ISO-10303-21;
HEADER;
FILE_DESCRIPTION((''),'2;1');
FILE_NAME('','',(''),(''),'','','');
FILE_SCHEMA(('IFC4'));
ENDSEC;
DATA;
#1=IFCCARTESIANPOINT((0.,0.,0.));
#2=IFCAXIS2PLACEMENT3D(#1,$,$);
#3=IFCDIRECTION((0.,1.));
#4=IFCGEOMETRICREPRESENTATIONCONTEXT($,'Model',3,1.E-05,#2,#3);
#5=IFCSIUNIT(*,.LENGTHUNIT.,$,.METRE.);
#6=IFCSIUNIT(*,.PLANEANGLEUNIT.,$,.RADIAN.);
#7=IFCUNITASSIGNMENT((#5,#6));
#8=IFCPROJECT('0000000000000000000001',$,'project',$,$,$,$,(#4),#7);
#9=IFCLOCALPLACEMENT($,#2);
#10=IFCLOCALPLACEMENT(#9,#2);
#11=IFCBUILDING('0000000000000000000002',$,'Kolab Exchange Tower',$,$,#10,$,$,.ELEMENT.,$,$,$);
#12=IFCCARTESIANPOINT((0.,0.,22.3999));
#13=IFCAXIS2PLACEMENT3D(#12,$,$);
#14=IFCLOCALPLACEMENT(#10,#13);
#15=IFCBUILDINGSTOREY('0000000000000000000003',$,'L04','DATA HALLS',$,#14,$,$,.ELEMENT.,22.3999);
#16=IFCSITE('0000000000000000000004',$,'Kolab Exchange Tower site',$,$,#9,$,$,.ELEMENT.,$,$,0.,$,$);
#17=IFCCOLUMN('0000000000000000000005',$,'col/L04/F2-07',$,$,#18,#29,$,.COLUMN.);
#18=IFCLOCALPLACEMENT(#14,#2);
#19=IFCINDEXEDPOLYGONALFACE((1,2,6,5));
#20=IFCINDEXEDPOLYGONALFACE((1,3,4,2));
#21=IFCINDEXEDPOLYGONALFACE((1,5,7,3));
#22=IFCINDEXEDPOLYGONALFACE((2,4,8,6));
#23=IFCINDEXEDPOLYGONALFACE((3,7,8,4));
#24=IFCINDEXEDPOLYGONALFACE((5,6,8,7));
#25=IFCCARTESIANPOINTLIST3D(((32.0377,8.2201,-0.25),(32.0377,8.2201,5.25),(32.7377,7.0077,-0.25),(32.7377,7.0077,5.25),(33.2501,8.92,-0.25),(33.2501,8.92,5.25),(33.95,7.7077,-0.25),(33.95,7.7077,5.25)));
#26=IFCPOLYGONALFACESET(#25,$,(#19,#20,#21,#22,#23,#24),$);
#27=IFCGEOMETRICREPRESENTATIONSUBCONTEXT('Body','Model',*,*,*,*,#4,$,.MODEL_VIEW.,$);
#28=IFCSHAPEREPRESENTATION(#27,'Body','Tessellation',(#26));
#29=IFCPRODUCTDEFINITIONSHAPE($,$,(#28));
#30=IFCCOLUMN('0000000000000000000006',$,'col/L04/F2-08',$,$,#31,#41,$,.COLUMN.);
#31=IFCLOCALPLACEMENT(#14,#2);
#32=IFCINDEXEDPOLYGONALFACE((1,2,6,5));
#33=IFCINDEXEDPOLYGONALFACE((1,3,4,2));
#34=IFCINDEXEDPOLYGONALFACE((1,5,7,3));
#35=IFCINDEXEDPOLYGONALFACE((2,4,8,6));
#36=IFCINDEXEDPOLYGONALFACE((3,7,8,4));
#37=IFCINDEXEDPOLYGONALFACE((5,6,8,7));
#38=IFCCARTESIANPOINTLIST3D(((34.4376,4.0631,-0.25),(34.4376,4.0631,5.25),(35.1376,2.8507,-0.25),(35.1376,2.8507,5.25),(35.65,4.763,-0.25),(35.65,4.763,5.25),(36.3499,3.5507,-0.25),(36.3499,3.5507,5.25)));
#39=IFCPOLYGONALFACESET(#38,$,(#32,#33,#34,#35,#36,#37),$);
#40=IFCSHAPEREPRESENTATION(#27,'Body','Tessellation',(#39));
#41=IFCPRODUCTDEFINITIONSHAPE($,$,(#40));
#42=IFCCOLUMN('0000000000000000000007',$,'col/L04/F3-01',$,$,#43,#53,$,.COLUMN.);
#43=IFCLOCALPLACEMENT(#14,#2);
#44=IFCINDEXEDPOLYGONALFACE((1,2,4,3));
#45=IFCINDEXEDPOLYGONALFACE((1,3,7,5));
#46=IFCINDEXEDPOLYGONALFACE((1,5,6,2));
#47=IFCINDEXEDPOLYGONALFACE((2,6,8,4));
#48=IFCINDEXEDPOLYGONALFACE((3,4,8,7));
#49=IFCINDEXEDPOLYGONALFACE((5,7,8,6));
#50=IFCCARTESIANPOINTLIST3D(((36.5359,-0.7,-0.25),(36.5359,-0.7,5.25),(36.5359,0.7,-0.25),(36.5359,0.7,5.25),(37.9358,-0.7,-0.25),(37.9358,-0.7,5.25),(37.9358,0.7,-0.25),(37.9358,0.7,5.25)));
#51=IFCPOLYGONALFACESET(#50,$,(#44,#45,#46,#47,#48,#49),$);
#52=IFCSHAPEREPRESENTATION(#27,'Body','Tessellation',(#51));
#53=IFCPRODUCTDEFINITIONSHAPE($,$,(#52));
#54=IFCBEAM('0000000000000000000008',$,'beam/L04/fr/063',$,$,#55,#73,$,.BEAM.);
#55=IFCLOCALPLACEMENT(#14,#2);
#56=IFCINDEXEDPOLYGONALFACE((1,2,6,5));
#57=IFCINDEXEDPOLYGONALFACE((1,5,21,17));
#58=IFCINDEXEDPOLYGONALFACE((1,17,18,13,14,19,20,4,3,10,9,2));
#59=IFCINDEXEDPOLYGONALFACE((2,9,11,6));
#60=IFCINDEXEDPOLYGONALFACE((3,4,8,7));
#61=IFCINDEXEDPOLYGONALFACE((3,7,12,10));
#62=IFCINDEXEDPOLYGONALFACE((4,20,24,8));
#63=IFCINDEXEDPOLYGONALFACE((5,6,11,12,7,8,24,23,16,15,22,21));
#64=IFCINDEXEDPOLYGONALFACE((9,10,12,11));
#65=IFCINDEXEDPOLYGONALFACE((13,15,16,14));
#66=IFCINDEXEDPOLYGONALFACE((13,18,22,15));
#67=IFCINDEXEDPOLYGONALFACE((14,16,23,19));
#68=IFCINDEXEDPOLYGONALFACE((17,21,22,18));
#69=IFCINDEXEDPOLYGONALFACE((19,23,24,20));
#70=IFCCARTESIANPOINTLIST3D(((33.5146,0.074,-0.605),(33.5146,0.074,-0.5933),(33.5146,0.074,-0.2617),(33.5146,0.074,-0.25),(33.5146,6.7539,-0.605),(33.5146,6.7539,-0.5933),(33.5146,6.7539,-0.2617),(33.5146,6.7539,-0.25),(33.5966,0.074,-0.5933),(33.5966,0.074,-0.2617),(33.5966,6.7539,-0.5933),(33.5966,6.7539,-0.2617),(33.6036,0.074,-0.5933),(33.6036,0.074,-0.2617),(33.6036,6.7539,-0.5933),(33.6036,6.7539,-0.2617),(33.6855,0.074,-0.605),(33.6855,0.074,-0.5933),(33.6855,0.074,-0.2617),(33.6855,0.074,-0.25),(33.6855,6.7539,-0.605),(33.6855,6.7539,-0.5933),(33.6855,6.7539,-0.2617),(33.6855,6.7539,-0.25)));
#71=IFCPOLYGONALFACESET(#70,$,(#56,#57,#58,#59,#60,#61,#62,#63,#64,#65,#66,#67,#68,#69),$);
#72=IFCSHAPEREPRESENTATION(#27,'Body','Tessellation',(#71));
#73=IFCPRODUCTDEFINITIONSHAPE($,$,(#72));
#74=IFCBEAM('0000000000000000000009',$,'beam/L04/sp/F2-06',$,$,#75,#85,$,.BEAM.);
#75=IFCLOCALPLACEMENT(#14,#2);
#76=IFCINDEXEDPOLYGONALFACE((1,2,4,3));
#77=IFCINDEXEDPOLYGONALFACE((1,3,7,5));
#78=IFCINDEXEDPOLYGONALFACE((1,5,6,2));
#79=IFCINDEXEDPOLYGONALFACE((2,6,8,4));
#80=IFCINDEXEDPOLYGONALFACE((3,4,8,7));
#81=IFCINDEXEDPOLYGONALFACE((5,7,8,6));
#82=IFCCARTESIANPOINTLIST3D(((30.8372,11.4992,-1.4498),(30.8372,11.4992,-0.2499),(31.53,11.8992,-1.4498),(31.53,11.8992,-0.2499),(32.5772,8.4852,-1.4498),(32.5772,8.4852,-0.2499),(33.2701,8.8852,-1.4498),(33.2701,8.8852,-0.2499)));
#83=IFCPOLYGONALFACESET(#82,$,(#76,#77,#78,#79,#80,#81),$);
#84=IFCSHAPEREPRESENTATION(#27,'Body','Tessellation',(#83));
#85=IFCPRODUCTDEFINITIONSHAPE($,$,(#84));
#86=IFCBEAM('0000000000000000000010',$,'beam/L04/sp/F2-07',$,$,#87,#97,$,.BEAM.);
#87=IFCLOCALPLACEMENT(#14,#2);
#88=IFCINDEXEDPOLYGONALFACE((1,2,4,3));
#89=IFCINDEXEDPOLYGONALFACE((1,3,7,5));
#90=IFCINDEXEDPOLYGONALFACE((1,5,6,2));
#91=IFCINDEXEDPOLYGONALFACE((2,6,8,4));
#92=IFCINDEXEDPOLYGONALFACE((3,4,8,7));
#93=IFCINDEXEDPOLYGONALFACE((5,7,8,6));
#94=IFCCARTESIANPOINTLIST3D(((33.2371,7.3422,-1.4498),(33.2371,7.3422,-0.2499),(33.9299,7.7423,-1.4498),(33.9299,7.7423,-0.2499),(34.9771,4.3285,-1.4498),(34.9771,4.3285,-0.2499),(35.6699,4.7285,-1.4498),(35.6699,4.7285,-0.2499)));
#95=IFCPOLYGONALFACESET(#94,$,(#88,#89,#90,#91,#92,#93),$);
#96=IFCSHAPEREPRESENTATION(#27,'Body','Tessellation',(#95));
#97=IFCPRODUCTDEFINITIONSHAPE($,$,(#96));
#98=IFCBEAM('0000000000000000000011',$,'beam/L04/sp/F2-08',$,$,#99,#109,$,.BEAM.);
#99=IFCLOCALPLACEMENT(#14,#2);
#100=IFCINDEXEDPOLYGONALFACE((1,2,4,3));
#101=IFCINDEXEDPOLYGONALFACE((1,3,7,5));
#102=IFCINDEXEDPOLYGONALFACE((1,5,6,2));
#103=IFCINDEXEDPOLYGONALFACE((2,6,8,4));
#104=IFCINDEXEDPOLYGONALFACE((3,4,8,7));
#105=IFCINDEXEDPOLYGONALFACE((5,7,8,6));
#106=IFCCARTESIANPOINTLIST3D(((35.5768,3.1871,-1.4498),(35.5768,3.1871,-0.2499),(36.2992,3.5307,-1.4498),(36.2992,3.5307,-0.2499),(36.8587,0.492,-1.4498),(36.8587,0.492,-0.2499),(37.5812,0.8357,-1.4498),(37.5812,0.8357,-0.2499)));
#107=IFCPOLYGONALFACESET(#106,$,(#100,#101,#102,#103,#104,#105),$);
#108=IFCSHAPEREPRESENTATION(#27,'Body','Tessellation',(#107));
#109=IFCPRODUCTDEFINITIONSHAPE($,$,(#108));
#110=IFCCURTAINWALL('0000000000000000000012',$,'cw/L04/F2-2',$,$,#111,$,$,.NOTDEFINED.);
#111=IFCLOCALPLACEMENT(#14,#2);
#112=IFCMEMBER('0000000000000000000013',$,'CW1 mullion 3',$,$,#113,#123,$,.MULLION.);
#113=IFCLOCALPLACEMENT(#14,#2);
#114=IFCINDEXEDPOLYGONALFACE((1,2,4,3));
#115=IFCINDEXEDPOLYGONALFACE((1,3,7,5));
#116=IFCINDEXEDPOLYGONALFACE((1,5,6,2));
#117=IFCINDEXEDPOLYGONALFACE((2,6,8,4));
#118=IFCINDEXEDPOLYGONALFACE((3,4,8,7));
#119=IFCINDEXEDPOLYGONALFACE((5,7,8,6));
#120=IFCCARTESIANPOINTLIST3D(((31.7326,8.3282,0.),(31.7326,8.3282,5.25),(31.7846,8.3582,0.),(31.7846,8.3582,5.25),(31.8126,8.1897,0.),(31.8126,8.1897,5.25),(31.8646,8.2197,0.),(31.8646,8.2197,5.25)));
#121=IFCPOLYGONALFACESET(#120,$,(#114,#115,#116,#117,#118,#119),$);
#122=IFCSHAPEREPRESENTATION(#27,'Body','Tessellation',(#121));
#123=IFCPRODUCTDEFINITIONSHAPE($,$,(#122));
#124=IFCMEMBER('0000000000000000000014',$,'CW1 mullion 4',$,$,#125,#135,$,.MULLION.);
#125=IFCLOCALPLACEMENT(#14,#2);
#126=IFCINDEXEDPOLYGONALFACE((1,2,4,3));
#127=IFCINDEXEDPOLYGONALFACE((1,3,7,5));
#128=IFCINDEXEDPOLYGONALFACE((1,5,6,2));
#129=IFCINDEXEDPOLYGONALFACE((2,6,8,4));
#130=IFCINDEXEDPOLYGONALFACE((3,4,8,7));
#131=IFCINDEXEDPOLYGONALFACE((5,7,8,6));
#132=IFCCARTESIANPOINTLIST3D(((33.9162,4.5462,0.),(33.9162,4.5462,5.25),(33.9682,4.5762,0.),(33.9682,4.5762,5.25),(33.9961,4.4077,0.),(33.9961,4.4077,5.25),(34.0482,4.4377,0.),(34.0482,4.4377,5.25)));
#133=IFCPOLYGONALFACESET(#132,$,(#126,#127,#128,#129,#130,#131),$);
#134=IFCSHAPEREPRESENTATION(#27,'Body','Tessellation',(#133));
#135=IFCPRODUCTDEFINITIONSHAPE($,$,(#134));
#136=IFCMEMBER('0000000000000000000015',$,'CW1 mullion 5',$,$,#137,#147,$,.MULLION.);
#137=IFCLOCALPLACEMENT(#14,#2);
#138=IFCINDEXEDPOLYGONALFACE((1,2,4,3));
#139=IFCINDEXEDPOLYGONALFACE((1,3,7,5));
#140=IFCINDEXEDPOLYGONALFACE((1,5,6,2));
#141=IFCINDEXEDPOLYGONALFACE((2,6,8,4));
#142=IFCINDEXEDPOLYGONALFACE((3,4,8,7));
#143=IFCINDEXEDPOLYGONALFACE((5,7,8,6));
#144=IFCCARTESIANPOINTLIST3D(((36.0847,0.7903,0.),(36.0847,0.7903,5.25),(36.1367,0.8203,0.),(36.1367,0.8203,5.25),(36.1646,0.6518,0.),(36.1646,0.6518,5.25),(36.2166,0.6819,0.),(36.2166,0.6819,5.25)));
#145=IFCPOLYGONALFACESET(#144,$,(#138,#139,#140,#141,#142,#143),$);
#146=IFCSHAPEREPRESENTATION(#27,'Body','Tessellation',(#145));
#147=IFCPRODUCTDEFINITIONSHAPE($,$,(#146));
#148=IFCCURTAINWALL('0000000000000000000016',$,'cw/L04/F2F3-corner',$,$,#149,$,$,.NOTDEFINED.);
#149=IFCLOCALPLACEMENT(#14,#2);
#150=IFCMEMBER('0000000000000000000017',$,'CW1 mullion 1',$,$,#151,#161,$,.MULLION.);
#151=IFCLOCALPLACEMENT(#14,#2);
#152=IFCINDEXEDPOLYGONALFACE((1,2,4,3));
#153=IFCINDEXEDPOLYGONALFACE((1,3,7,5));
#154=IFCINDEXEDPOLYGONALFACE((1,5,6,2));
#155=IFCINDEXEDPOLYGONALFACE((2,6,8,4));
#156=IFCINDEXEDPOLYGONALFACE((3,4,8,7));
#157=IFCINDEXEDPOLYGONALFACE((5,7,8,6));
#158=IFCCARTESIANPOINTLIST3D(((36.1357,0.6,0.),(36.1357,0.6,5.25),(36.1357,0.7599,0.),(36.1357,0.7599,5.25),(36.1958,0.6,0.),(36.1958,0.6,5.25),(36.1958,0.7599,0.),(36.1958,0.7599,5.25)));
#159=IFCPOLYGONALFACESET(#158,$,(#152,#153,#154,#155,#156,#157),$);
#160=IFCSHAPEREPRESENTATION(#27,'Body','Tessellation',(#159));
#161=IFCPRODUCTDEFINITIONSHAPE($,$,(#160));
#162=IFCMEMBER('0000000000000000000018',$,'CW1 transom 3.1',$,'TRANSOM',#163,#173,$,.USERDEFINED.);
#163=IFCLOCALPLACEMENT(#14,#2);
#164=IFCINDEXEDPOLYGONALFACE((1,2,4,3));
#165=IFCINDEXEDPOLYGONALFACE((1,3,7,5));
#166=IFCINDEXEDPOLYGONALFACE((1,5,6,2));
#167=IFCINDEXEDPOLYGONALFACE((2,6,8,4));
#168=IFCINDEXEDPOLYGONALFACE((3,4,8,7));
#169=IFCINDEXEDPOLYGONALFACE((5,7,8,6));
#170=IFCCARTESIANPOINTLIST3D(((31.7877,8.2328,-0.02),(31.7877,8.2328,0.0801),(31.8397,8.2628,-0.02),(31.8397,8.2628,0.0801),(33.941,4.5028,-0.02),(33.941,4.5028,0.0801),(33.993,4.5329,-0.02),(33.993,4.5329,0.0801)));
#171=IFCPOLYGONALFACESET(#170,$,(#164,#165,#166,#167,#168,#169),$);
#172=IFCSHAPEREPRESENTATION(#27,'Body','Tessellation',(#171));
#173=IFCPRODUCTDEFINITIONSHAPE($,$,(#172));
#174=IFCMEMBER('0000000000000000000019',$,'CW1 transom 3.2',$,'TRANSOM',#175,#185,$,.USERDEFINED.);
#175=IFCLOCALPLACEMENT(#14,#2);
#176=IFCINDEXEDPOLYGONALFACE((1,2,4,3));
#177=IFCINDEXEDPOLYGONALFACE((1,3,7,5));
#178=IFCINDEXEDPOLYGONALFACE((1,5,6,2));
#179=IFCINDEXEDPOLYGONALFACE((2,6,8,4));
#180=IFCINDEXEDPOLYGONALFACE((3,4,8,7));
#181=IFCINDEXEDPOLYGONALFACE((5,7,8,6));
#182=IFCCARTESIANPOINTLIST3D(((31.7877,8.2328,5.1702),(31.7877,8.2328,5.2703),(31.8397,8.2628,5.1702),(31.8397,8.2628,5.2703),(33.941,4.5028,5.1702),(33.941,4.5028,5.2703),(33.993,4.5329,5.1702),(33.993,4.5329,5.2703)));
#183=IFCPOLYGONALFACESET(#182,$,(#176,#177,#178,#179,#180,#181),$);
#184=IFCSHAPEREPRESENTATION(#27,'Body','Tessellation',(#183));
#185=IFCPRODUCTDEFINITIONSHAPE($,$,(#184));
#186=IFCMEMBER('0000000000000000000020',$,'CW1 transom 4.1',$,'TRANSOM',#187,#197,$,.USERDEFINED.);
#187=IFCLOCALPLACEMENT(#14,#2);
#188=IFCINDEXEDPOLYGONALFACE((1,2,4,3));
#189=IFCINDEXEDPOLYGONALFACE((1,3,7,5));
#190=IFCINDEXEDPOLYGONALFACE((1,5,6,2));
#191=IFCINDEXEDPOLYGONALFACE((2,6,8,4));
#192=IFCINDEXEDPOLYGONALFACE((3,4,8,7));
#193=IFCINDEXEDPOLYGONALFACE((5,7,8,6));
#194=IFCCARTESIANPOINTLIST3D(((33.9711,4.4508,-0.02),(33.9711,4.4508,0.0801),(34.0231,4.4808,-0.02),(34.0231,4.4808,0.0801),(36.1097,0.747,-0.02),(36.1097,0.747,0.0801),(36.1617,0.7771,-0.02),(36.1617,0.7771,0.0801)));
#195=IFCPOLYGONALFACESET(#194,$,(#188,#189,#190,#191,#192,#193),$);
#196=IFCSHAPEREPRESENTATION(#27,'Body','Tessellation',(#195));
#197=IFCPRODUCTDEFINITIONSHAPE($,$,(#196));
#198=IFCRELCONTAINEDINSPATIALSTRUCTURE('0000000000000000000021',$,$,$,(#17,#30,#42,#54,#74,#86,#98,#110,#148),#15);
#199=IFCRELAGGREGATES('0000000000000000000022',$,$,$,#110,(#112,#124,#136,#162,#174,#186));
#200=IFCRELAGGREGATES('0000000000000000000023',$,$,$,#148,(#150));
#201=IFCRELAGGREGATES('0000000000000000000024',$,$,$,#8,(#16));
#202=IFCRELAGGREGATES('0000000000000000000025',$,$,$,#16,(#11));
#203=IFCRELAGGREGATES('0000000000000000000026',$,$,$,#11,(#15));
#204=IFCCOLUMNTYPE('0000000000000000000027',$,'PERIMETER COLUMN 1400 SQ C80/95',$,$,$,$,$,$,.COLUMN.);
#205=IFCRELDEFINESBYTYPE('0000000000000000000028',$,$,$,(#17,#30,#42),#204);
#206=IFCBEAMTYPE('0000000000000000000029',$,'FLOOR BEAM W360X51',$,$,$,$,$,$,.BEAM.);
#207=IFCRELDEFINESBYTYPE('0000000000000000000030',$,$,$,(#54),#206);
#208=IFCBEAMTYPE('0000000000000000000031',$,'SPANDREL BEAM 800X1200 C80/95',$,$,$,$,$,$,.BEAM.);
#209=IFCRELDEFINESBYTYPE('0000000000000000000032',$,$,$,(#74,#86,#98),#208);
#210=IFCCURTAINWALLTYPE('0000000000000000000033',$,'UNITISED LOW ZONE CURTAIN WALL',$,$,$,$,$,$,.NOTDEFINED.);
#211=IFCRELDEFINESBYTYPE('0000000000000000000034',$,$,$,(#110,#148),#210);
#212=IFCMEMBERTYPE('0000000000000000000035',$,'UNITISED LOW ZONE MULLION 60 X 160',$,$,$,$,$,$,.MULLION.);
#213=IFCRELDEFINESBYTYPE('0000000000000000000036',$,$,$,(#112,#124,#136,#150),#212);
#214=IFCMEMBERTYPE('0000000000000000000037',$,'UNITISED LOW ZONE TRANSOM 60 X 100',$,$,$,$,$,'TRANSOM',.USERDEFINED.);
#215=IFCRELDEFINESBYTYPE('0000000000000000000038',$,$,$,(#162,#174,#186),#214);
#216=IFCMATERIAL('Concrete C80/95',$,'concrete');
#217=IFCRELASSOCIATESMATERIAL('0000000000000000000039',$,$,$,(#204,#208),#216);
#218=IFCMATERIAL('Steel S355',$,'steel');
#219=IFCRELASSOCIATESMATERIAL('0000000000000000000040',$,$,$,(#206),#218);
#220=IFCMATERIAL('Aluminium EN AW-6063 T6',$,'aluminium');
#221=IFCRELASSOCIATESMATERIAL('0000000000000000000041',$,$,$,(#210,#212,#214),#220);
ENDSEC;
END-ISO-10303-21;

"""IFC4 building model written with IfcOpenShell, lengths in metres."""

from ifc_helpers import new_model, si_unit, direction, frame, origin, origin_2d, place, context, subcontext, project, spatial, rectangle, i_section, extrude, material, material_profile, profile_set, type_object, element, aggregate, save


model = new_model("IFC4")

# Units and contexts
model_context = context("Model", 3, precision=1e-05, world=origin(), true_north=direction((0.0, 1.0)))
body_context = subcontext(model_context, "Body", "Model", "MODEL_VIEW")
ifc_project = project(units=[si_unit("LENGTHUNIT", "METRE"), si_unit("PLANEANGLEUNIT", "RADIAN")], contexts=[model_context])

# Site, building, storey
site_placement = place(None, origin())
site = spatial("IfcSite", under=ifc_project, at=site_placement, Name="Kolab Exchange Tower site", CompositionType="ELEMENT", RefElevation=0.0)
building_placement = place(site_placement, origin())
building = spatial("IfcBuilding", under=site, at=building_placement, Name="Kolab Exchange Tower", CompositionType="ELEMENT")
storey_placement = place(building_placement, frame((0.0, 0.0, 22.3999)))
storey = spatial("IfcBuildingStorey", under=building, at=storey_placement, Name="L04", Description="DATA HALLS", CompositionType="ELEMENT", Elevation=22.3999)

# Columns
ifc_material_1 = material(Name="Concrete C80/95", Category="concrete")
ifc_material_profile_1 = material_profile(ifc_material_1, rectangle(XDim=1.3999, YDim=1.3999, at=origin_2d()), Name="RC1400")
ifc_profile_set_1 = profile_set([ifc_material_profile_1], Name="Concrete C80/95")
column_type = type_object("IfcColumnType", Name="PERIMETER COLUMN 1400 SQ C80/95", PredefinedType="COLUMN", material=ifc_profile_set_1)
for number, where, z_axis, x_axis, name in (
    (1, (32.9939, 7.9639, -0.25), (0.0, 0.0, 1.0), (0.866025, 0.5, 0.0), "col/L04/F2-07"),
    (2, (35.3938, 3.8069, -0.25), (0.0, 0.0, 1.0), (0.866025, 0.5, 0.0), "col/L04/F2-08"),
    (3, (37.2358, 0.0, -0.25), (0.0, 0.0, 1.0), (1.0, 0.0, 0.0), "col/L04/F3-01"),
):
    element("IfcColumn", number, at=place(storey_placement, frame(where, z_axis=z_axis, x_axis=x_axis)), inside=storey, type_object=column_type, Name=name, PredefinedType="COLUMN", context=body_context, shape_type="SweptSolid", body=[
        extrude(rectangle(XDim=1.3999, YDim=1.3999, at=origin_2d()), origin(), (0.0, 0.0, 1.0), 5.5),
    ])

# Beams
ifc_material_2 = material(Name="Steel S355", Category="steel")
ifc_material_profile_2 = material_profile(ifc_material_2, i_section(OverallWidth=0.1709, OverallDepth=0.355, WebThickness=0.0071, FlangeThickness=0.0117, at=origin_2d()), Name="W360X51")
ifc_profile_set_2 = profile_set([ifc_material_profile_2], Name="Steel S355")
beam_type_1 = type_object("IfcBeamType", Name="FLOOR BEAM W360X51", PredefinedType="BEAM", material=ifc_profile_set_2)
beam_1_placement = place(storey_placement, frame((33.6001, 0.074, -0.4275), z_axis=(0.0, 1.0, 0.0), x_axis=(-1.0, 0.0, 0.0)))
element("IfcBeam", 4, at=beam_1_placement, inside=storey, type_object=beam_type_1, Name="beam/L04/fr/063", PredefinedType="BEAM", context=body_context, shape_type="SweptSolid", body=[
    extrude(i_section(OverallWidth=0.1709, OverallDepth=0.355, WebThickness=0.0071, FlangeThickness=0.0117, at=origin_2d()), origin(), (0.0, 0.0, 1.0), 6.6799),
])
ifc_material_profile_3 = material_profile(ifc_material_1, rectangle(XDim=0.8, YDim=1.2, at=origin_2d()), Name="RC800X1200")
ifc_profile_set_3 = profile_set([ifc_material_profile_3], Name="Concrete C80/95")
beam_type_2 = type_object("IfcBeamType", Name="SPANDREL BEAM 800X1200 C80/95", PredefinedType="BEAM", material=ifc_profile_set_3)
beam_2_placement = place(storey_placement, frame((31.1836, 11.6992, -0.8499), z_axis=(0.49998, -0.866037, 0.0), x_axis=(0.866037, 0.49998, 0.0)))
element("IfcBeam", 5, at=beam_2_placement, inside=storey, type_object=beam_type_2, Name="beam/L04/sp/F2-06", PredefinedType="BEAM", context=body_context, shape_type="SweptSolid", body=[
    extrude(rectangle(XDim=0.8, YDim=1.2, at=origin_2d()), origin(), (0.0, 0.0, 1.0), 3.4802),
])
beam_3_placement = place(storey_placement, frame((33.5835, 7.5422, -0.8499), z_axis=(0.50001, -0.86602, 0.0), x_axis=(0.86602, 0.50001, 0.0)))
element("IfcBeam", 6, at=beam_3_placement, inside=storey, type_object=beam_type_2, Name="beam/L04/sp/F2-07", PredefinedType="BEAM", context=body_context, shape_type="SweptSolid", body=[
    extrude(rectangle(XDim=0.8, YDim=1.2, at=origin_2d()), origin(), (0.0, 0.0, 1.0), 3.48),
])
beam_4_placement = place(storey_placement, frame((35.938, 3.3589, -0.8499), z_axis=(0.429556, -0.90304, 0.0), x_axis=(0.90304, 0.429556, 0.0)))
element("IfcBeam", 7, at=beam_4_placement, inside=storey, type_object=beam_type_2, Name="beam/L04/sp/F2-08", PredefinedType="BEAM", context=body_context, shape_type="SweptSolid", body=[
    extrude(rectangle(XDim=0.8, YDim=1.2, at=origin_2d()), origin(), (0.0, 0.0, 1.0), 2.9844),
])

# Curtain wall, members
ifc_material_3 = material(Name="Aluminium EN AW-6063 T6", Category="aluminium")
curtain_wall_type = type_object("IfcCurtainWallType", Name="UNITISED LOW ZONE CURTAIN WALL", PredefinedType="NOTDEFINED", material=ifc_material_3)
curtain_wall_1_placement = place(storey_placement, origin())
curtain_wall_1 = element("IfcCurtainWall", 8, at=curtain_wall_1_placement, inside=storey, type_object=curtain_wall_type, Name="cw/L04/F2-2", PredefinedType="NOTDEFINED")
ifc_material_profile_4 = material_profile(ifc_material_3, rectangle(XDim=0.0601, YDim=0.1599, at=origin_2d()), Name="RECT 60X160")
ifc_profile_set_4 = profile_set([ifc_material_profile_4], Name="Aluminium EN AW-6063 T6")
member_type_1 = type_object("IfcMemberType", Name="UNITISED LOW ZONE MULLION 60 X 160", PredefinedType="MULLION", material=ifc_profile_set_4)
member_1_placement = place(storey_placement, frame((31.7986, 8.2739, 0.0), z_axis=(0.0, 0.0, 1.0), x_axis=(0.866025, 0.5, 0.0)))
member_1 = element("IfcMember", 9, at=member_1_placement, type_object=member_type_1, Name="CW1 mullion 3", PredefinedType="MULLION", context=body_context, shape_type="SweptSolid", body=[
    extrude(rectangle(XDim=0.0601, YDim=0.1599, at=origin_2d()), origin(), (0.0, 0.0, 1.0), 5.25),
])
member_2_placement = place(storey_placement, frame((33.9822, 4.4919, 0.0), z_axis=(0.0, 0.0, 1.0), x_axis=(0.866025, 0.5, 0.0)))
member_2 = element("IfcMember", 10, at=member_2_placement, type_object=member_type_1, Name="CW1 mullion 4", PredefinedType="MULLION", context=body_context, shape_type="SweptSolid", body=[
    extrude(rectangle(XDim=0.0601, YDim=0.1599, at=origin_2d()), origin(), (0.0, 0.0, 1.0), 5.25),
])
member_3_placement = place(storey_placement, frame((36.1506, 0.7361, 0.0), z_axis=(0.0, 0.0, 1.0), x_axis=(0.866025, 0.5, 0.0)))
member_3 = element("IfcMember", 11, at=member_3_placement, type_object=member_type_1, Name="CW1 mullion 5", PredefinedType="MULLION", context=body_context, shape_type="SweptSolid", body=[
    extrude(rectangle(XDim=0.0601, YDim=0.1599, at=origin_2d()), origin(), (0.0, 0.0, 1.0), 5.25),
])

# Curtain wall, member
curtain_wall_2_placement = place(storey_placement, origin())
curtain_wall_2 = element("IfcCurtainWall", 12, at=curtain_wall_2_placement, inside=storey, type_object=curtain_wall_type, Name="cw/L04/F2F3-corner", PredefinedType="NOTDEFINED")
member_4_placement = place(storey_placement, frame((36.1658, 0.6799, 0.0), z_axis=(0.0, 0.0, 1.0), x_axis=(1.0, 0.0, 0.0)))
member_4 = element("IfcMember", 13, at=member_4_placement, type_object=member_type_1, Name="CW1 mullion 1", PredefinedType="MULLION", context=body_context, shape_type="SweptSolid", body=[
    extrude(rectangle(XDim=0.0601, YDim=0.1599, at=origin_2d()), origin(), (0.0, 0.0, 1.0), 5.25),
])

# Members
ifc_material_profile_5 = material_profile(ifc_material_3, rectangle(XDim=0.0601, YDim=0.1001, at=origin_2d()), Name="RECT 60X100")
ifc_profile_set_5 = profile_set([ifc_material_profile_5], Name="Aluminium EN AW-6063 T6")
member_type_2 = type_object("IfcMemberType", Name="UNITISED LOW ZONE TRANSOM 60 X 100", ElementType="TRANSOM", PredefinedType="USERDEFINED", material=ifc_profile_set_5)
member_5_placement = place(storey_placement, frame((31.8137, 8.2478, 0.03), z_axis=(0.499968, -0.866044, 0.0), x_axis=(0.866044, 0.499968, 0.0)))
member_5 = element("IfcMember", 14, at=member_5_placement, type_object=member_type_2, Name="CW1 transom 3.1", ObjectType="TRANSOM", PredefinedType="USERDEFINED", context=body_context, shape_type="SweptSolid", body=[
    extrude(rectangle(XDim=0.0601, YDim=0.1001, at=origin_2d()), origin(), (0.0, 0.0, 1.0), 4.3069),
])
member_6_placement = place(storey_placement, frame((31.8137, 8.2478, 5.2202), z_axis=(0.499968, -0.866044, 0.0), x_axis=(0.866044, 0.499968, 0.0)))
member_6 = element("IfcMember", 15, at=member_6_placement, type_object=member_type_2, Name="CW1 transom 3.2", ObjectType="TRANSOM", PredefinedType="USERDEFINED", context=body_context, shape_type="SweptSolid", body=[
    extrude(rectangle(XDim=0.0601, YDim=0.1001, at=origin_2d()), origin(), (0.0, 0.0, 1.0), 4.3069),
])
member_7_placement = place(storey_placement, frame((33.9971, 4.4658, 0.03), z_axis=(0.500044, -0.866, 0.0), x_axis=(0.866, 0.500044, 0.0)))
member_7 = element("IfcMember", 16, at=member_7_placement, type_object=member_type_2, Name="CW1 transom 4.1", ObjectType="TRANSOM", PredefinedType="USERDEFINED", context=body_context, shape_type="SweptSolid", body=[
    extrude(rectangle(XDim=0.0601, YDim=0.1001, at=origin_2d()), origin(), (0.0, 0.0, 1.0), 4.2769),
])

aggregate(curtain_wall_1, [member_1, member_2, member_3, member_5, member_6, member_7])
aggregate(curtain_wall_2, [member_4])

save(model, "model.ifc")
